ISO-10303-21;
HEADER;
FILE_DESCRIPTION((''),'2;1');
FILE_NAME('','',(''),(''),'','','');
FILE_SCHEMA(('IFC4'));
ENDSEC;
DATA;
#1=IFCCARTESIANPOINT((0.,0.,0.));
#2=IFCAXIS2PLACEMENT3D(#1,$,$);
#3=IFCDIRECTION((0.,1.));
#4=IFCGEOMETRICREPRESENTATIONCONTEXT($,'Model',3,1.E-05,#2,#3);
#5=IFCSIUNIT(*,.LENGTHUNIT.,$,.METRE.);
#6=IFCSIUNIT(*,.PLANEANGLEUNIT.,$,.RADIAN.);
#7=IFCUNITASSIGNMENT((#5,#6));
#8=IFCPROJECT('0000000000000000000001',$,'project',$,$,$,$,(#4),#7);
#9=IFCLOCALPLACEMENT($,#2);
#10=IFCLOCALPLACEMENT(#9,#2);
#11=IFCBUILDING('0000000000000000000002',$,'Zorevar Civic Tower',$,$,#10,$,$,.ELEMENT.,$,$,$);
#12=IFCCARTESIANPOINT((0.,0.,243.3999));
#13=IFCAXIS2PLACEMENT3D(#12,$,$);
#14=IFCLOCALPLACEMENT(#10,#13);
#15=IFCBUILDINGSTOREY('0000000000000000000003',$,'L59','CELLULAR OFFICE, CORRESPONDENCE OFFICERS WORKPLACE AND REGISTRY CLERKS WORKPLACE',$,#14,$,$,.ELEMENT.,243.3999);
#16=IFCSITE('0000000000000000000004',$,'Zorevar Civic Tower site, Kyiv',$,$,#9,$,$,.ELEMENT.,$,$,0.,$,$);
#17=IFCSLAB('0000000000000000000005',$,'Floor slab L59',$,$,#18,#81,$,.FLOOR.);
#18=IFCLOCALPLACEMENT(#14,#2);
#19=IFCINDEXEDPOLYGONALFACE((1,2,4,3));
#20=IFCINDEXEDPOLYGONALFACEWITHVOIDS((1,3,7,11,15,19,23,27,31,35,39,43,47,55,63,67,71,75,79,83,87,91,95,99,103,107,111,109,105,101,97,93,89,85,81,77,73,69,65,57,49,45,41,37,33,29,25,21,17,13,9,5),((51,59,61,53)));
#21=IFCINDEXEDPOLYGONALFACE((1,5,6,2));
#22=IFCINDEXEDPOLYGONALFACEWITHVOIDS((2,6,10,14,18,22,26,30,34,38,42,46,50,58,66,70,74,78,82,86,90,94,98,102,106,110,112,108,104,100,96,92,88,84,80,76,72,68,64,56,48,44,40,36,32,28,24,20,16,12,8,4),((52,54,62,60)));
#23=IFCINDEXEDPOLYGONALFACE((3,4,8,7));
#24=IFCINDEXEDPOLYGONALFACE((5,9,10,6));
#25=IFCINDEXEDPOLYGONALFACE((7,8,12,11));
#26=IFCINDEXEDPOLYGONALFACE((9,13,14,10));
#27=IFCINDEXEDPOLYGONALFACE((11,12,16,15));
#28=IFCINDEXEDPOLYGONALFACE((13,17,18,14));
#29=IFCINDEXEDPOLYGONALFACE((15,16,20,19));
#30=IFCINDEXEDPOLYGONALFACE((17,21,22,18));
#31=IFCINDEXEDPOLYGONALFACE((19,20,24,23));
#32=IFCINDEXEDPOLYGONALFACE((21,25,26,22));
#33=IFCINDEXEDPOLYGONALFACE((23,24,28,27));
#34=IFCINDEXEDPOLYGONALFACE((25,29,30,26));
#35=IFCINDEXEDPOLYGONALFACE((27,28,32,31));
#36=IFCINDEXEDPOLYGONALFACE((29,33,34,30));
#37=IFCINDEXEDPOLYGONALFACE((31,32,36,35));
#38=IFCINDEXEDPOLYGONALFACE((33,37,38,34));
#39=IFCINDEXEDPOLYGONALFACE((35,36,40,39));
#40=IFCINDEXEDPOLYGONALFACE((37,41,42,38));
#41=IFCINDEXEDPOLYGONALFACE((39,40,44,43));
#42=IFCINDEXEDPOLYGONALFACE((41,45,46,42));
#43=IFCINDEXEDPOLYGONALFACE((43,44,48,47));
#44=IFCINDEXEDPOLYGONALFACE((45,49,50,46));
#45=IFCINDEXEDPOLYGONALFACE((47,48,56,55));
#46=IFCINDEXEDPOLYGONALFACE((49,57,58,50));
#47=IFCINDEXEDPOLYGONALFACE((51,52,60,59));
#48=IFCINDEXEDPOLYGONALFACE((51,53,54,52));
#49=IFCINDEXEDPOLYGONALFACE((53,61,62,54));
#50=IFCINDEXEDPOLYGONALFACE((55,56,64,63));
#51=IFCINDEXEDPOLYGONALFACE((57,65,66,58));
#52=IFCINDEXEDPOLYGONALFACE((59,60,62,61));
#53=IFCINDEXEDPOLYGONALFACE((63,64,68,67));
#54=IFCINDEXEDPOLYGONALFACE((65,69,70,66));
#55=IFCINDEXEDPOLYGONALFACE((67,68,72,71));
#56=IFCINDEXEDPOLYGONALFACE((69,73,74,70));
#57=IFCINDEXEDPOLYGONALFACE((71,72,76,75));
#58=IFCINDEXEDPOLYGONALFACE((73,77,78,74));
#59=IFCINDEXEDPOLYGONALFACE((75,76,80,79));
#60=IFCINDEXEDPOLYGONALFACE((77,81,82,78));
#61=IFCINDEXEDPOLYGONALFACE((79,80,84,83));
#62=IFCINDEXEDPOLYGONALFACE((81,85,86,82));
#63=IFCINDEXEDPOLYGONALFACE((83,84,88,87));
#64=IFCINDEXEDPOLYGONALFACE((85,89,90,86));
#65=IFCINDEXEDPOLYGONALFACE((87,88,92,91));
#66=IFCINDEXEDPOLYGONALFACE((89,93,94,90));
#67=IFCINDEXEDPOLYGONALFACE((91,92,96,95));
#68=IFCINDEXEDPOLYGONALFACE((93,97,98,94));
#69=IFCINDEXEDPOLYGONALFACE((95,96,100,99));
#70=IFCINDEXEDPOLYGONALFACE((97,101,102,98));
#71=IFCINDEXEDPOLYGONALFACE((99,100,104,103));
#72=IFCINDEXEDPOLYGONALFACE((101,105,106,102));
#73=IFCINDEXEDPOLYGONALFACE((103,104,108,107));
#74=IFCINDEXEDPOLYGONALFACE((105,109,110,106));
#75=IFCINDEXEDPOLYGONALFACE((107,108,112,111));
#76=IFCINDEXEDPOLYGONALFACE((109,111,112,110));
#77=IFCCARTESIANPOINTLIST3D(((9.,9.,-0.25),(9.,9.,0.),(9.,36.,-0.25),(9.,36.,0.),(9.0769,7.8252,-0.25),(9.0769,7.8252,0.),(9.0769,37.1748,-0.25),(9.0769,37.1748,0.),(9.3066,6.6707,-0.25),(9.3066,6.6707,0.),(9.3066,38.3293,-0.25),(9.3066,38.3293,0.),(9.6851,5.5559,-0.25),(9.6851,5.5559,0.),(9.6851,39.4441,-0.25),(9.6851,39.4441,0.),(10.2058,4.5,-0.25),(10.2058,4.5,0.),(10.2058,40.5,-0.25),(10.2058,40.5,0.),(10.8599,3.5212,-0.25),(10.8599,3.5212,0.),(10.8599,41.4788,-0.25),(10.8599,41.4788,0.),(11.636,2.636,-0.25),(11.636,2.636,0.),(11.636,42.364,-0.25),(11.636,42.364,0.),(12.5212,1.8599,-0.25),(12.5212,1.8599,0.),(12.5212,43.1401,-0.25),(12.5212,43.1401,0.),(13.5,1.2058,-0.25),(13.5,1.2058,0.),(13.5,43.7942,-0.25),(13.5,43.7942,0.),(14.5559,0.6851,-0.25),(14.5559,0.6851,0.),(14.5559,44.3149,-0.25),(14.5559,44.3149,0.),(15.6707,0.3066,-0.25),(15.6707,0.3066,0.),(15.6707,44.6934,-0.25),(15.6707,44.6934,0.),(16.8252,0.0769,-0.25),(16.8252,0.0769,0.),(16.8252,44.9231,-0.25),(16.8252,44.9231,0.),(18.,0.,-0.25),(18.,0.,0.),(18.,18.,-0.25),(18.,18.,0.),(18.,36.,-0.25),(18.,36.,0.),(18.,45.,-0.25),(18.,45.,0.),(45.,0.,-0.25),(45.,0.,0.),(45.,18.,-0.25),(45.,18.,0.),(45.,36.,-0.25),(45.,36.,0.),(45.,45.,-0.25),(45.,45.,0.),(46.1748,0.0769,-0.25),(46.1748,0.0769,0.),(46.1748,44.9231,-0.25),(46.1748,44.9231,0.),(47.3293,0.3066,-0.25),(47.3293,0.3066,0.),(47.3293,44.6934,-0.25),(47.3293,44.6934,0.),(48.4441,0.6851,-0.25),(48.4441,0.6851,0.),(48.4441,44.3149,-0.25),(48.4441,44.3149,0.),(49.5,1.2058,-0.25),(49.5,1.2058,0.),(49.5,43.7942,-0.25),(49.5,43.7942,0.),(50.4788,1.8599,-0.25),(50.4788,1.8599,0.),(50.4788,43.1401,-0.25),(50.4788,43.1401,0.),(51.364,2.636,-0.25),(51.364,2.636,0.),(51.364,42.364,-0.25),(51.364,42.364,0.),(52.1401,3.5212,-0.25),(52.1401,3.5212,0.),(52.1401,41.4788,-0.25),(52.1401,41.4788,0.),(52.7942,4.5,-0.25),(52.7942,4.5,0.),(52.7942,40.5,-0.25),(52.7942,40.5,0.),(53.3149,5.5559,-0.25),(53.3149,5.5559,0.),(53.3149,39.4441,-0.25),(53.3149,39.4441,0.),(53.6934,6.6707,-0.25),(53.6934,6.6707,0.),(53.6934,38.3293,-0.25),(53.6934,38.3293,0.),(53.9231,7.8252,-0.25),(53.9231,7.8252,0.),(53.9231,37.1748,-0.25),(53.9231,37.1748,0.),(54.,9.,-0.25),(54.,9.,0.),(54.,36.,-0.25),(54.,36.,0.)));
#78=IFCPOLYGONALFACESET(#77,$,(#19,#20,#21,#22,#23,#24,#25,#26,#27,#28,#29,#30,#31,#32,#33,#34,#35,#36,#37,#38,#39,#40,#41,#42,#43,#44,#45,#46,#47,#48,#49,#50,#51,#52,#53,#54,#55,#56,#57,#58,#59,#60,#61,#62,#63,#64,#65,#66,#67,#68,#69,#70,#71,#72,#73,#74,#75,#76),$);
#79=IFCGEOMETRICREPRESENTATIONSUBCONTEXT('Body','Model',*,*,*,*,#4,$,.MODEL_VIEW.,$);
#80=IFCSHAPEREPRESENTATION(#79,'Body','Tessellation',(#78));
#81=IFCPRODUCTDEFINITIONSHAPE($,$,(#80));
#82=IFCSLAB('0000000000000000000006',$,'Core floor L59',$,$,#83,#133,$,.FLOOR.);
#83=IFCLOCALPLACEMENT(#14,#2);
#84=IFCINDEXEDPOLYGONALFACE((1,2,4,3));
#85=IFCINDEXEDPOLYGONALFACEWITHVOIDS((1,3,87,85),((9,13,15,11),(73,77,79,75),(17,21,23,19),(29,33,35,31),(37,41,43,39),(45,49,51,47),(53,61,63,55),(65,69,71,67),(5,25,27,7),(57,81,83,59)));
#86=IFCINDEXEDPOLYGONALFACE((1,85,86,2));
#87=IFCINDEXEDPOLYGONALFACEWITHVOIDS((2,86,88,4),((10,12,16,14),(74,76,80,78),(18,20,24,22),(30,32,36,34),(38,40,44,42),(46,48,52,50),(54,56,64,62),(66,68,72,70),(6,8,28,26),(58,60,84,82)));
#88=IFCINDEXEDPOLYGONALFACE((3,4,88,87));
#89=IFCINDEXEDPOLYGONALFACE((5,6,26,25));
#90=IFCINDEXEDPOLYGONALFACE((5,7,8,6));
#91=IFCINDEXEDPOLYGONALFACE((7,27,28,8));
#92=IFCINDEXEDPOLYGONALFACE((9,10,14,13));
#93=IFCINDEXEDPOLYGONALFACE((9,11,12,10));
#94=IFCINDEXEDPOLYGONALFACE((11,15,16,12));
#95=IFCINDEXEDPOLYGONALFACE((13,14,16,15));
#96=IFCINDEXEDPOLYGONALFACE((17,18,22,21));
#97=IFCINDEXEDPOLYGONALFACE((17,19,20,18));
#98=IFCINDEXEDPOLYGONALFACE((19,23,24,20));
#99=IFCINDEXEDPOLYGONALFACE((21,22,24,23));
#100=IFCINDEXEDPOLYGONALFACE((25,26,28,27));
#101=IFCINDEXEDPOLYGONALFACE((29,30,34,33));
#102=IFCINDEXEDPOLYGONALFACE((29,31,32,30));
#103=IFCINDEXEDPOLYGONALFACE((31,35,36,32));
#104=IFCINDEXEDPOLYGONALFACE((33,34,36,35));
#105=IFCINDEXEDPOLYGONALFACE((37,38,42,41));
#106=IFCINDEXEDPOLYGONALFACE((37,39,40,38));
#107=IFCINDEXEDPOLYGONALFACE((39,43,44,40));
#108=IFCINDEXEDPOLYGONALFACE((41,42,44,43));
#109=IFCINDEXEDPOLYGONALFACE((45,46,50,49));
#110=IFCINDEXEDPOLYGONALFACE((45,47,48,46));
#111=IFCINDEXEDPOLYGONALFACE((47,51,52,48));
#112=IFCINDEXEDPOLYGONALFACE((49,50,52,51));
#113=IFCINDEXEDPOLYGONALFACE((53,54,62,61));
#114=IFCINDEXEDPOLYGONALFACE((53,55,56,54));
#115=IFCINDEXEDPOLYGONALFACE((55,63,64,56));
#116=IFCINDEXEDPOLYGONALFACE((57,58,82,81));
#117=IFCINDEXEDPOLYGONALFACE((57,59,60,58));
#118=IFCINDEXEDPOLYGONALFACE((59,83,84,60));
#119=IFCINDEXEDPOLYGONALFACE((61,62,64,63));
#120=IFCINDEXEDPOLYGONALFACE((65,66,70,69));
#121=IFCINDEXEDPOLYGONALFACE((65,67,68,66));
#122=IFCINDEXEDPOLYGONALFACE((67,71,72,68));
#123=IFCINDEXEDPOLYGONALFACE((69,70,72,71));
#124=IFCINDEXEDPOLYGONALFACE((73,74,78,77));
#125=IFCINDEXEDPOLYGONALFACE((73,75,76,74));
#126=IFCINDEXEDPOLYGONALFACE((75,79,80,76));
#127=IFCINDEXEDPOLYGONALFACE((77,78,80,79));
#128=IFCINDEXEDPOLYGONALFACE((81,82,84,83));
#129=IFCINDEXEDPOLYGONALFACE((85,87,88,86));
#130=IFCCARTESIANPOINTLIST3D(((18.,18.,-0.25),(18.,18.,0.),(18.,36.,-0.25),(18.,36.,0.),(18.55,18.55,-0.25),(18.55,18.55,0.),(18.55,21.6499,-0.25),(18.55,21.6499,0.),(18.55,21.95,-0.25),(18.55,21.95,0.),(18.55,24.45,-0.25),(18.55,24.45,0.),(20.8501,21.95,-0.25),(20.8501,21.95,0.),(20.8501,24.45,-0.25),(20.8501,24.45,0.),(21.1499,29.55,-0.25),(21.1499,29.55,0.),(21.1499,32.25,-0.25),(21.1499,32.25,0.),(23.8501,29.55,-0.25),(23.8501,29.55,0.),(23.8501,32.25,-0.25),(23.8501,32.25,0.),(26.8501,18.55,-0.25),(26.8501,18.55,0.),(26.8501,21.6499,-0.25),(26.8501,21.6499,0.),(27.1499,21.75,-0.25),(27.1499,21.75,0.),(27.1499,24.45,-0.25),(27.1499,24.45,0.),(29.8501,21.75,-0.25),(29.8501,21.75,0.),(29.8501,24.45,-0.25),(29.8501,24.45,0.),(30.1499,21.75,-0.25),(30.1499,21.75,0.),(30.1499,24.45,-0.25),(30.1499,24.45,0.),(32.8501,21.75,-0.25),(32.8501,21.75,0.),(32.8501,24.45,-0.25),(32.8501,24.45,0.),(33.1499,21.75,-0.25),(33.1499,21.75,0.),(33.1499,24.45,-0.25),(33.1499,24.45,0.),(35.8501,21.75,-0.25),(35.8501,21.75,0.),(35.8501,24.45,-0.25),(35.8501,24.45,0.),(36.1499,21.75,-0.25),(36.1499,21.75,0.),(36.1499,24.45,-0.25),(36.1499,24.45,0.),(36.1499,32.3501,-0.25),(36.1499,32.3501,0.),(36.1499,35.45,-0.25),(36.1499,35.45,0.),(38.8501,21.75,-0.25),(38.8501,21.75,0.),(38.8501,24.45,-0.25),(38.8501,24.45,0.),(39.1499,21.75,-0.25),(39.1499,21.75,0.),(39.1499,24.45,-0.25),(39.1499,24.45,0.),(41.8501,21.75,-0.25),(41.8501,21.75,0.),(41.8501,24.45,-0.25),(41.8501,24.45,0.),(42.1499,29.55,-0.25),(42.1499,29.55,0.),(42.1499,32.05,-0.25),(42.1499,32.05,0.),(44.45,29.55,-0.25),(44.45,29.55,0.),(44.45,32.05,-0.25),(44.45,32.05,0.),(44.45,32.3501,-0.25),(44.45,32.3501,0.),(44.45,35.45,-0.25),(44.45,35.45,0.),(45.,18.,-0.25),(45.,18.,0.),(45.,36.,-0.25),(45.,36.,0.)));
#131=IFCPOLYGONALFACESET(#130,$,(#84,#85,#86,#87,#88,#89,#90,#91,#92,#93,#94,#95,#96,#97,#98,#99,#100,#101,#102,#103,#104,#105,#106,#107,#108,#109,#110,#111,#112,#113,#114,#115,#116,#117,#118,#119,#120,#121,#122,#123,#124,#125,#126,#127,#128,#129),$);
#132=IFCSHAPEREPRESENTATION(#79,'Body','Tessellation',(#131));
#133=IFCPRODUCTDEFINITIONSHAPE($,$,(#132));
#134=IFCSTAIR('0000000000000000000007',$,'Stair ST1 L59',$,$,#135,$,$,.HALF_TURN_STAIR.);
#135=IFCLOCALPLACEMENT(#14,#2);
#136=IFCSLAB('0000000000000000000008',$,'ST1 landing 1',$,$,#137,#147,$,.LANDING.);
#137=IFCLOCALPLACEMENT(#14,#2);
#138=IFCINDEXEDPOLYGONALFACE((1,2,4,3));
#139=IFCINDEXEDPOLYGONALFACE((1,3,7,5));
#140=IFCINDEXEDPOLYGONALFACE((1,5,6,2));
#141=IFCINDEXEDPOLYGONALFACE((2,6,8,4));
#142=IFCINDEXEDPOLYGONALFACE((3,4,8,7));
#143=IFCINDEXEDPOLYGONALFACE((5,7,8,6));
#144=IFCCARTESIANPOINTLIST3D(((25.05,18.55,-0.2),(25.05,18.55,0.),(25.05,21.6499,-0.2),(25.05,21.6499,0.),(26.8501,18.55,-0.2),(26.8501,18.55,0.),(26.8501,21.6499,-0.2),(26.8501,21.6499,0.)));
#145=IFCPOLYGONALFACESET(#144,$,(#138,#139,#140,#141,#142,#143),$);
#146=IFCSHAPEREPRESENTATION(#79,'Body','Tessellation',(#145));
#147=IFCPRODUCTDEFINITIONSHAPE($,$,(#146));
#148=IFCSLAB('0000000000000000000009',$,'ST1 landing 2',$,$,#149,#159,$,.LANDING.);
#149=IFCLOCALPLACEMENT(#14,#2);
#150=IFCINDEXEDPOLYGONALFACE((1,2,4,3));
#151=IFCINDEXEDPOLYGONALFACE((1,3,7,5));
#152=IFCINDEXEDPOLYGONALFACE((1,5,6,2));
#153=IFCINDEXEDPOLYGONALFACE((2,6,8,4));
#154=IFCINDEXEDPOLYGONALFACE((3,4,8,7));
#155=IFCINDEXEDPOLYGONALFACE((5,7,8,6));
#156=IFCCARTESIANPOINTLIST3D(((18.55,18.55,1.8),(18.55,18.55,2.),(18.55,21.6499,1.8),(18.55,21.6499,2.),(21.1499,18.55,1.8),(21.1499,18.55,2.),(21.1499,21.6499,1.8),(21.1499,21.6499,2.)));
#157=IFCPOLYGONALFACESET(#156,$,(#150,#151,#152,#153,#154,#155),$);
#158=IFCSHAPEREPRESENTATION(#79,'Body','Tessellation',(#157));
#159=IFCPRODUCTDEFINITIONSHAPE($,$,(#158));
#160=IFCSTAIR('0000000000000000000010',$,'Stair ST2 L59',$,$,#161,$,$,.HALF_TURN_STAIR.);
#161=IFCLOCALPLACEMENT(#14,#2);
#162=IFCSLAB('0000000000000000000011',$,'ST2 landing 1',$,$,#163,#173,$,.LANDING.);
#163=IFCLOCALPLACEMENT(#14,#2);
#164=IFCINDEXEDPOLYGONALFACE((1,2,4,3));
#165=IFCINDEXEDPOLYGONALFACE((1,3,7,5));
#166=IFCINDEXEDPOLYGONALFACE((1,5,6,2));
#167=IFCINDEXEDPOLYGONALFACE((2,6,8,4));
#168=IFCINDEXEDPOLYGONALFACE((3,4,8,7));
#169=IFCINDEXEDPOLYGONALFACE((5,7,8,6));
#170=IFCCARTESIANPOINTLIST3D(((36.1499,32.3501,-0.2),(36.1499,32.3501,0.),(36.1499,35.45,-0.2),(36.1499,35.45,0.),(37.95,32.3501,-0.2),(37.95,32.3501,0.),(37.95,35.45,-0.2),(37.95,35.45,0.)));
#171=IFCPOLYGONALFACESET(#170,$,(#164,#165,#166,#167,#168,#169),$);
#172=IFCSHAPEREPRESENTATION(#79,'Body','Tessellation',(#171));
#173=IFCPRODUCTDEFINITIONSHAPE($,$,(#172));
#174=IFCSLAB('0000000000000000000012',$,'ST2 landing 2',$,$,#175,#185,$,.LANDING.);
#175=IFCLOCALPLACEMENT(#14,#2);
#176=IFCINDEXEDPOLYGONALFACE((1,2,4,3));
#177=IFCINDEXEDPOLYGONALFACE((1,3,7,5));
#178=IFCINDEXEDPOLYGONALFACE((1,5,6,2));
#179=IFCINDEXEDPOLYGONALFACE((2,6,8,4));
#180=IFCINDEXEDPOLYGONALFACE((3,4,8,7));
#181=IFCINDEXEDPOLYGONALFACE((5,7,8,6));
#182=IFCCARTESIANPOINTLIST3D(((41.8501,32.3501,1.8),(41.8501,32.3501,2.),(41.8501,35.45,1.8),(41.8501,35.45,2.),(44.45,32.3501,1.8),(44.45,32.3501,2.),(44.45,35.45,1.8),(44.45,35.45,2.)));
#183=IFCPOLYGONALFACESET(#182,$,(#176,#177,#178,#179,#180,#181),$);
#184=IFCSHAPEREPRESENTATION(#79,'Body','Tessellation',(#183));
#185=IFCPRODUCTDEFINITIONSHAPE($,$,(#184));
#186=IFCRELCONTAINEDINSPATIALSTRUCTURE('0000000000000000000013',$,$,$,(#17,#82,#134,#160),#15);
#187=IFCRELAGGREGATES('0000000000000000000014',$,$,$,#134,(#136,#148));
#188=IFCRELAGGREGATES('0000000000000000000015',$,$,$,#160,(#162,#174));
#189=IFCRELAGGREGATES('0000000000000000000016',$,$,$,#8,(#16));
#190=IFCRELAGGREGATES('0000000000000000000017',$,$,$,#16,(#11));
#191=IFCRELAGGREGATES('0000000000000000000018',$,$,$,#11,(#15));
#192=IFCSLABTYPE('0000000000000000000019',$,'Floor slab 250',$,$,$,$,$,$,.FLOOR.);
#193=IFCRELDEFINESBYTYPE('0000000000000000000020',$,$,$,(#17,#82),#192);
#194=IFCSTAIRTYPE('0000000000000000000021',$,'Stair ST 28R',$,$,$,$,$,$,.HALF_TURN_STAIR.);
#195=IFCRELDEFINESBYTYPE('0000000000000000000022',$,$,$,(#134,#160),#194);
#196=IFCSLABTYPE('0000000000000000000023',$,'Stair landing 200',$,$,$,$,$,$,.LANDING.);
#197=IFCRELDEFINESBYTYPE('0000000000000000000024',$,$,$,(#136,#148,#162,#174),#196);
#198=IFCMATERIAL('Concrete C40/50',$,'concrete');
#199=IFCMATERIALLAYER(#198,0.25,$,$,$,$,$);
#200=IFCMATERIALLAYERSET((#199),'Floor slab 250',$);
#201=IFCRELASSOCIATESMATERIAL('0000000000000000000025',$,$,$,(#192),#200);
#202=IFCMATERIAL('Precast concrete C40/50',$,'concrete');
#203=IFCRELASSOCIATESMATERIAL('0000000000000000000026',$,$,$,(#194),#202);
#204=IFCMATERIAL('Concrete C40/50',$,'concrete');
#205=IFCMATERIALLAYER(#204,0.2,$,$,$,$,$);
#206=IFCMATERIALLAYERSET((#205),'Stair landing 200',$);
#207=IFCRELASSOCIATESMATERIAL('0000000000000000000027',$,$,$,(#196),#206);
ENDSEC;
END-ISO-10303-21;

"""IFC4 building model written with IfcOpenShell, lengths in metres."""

from ifc_helpers import new_model, si_unit, direction, frame, origin, place, context, subcontext, project, spatial, polyline, outline, extrude, material, layer, layer_set, type_object, element, aggregate, save


model = new_model("IFC4")

# Units and contexts
model_context = context("Model", 3, precision=1e-05, world=origin(), true_north=direction((0.0, 1.0)))
body_context = subcontext(model_context, "Body", "Model", "MODEL_VIEW")
ifc_project = project(units=[si_unit("LENGTHUNIT", "METRE"), si_unit("PLANEANGLEUNIT", "RADIAN")], contexts=[model_context])

# Site, building, storey
site_placement = place(None, origin())
site = spatial("IfcSite", under=ifc_project, at=site_placement, Name="Zorevar Civic Tower site, Kyiv", CompositionType="ELEMENT", RefElevation=0.0)
building_placement = place(site_placement, origin())
building = spatial("IfcBuilding", under=site, at=building_placement, Name="Zorevar Civic Tower", CompositionType="ELEMENT")
storey_placement = place(building_placement, frame((0.0, 0.0, 243.3999)))
storey = spatial("IfcBuildingStorey", under=building, at=storey_placement, Name="L59", Description="CELLULAR OFFICE, CORRESPONDENCE OFFICERS WORKPLACE AND REGISTRY CLERKS WORKPLACE", CompositionType="ELEMENT", Elevation=243.3999)

# Slabs
ifc_material_1 = material(Name="Concrete C40/50", Category="concrete")
ifc_layer_1 = layer(ifc_material_1, 0.25)
ifc_layer_set_1 = layer_set([ifc_layer_1], Name="Floor slab 250")
slab_type_1 = type_object("IfcSlabType", Name="Floor slab 250", PredefinedType="FLOOR", material=ifc_layer_set_1)
slab_1_placement = place(storey_placement, frame((0.0, 0.0, -0.25)))
element("IfcSlab", 1, at=slab_1_placement, inside=storey, type_object=slab_type_1, Name="Floor slab L59", PredefinedType="FLOOR", context=body_context, shape_type="SweptSolid", body=[
    extrude(outline(polyline([(45.0, 0.0), (46.1748, 0.0769), (47.3293, 0.3066), (48.4441, 0.6851), (49.5, 1.2058), (50.4788, 1.8599), (51.364, 2.636), (52.1401, 3.5212), (52.7942, 4.5), (53.3149, 5.5559), (53.6934, 6.6707), (53.9231, 7.8252), (54.0, 9.0), (54.0, 36.0), (53.9231, 37.1748), (53.6934, 38.3293), (53.3149, 39.4441), (52.7942, 40.5), (52.1401, 41.4788), (51.364, 42.364), (50.4788, 43.1401), (49.5, 43.7942), (48.4441, 44.3149), (47.3293, 44.6934), (46.1748, 44.9231), (45.0, 45.0), (18.0, 45.0), (16.8252, 44.9231), (15.6707, 44.6934), (14.5559, 44.3149), (13.5, 43.7942), (12.5212, 43.1401), (11.636, 42.364), (10.8599, 41.4788), (10.2058, 40.5), (9.6851, 39.4441), (9.3066, 38.3293), (9.0769, 37.1748), (9.0, 36.0), (9.0, 9.0), (9.0769, 7.8252), (9.3066, 6.6707), (9.6851, 5.5559), (10.2058, 4.5), (10.8599, 3.5212), (11.636, 2.636), (12.5212, 1.8599), (13.5, 1.2058), (14.5559, 0.6851), (15.6707, 0.3066), (16.8252, 0.0769), (18.0, 0.0), (45.0, 0.0)]), holes=[polyline([(18.0, 18.0), (45.0, 18.0), (45.0, 36.0), (18.0, 36.0), (18.0, 18.0)])]), origin(), (0.0, 0.0, 1.0), 0.25),
])
slab_2_placement = place(storey_placement, frame((0.0, 0.0, -0.25)))
element("IfcSlab", 2, at=slab_2_placement, inside=storey, type_object=slab_type_1, Name="Core floor L59", PredefinedType="FLOOR", context=body_context, shape_type="SweptSolid", body=[
    extrude(outline(polyline([(18.0, 18.0), (45.0, 18.0), (45.0, 36.0), (18.0, 36.0), (18.0, 18.0)]), holes=[polyline([(18.55, 18.55), (26.8501, 18.55), (26.8501, 21.6499), (18.55, 21.6499), (18.55, 18.55)]), polyline([(36.1499, 32.3501), (44.45, 32.3501), (44.45, 35.45), (36.1499, 35.45), (36.1499, 32.3501)]), polyline([(18.55, 21.95), (20.8501, 21.95), (20.8501, 24.45), (18.55, 24.45), (18.55, 21.95)]), polyline([(42.1499, 29.55), (44.45, 29.55), (44.45, 32.05), (42.1499, 32.05), (42.1499, 29.55)]), polyline([(27.1499, 21.75), (29.8501, 21.75), (29.8501, 24.45), (27.1499, 24.45), (27.1499, 21.75)]), polyline([(30.1499, 21.75), (32.8501, 21.75), (32.8501, 24.45), (30.1499, 24.45), (30.1499, 21.75)]), polyline([(33.1499, 21.75), (35.8501, 21.75), (35.8501, 24.45), (33.1499, 24.45), (33.1499, 21.75)]), polyline([(36.1499, 21.75), (38.8501, 21.75), (38.8501, 24.45), (36.1499, 24.45), (36.1499, 21.75)]), polyline([(39.1499, 21.75), (41.8501, 21.75), (41.8501, 24.45), (39.1499, 24.45), (39.1499, 21.75)]), polyline([(21.1499, 29.55), (23.8501, 29.55), (23.8501, 32.25), (21.1499, 32.25), (21.1499, 29.55)])]), origin(), (0.0, 0.0, 1.0), 0.25),
])

# Stairs, slabs
ifc_material_2 = material(Name="Precast concrete C40/50", Category="concrete")
stair_type = type_object("IfcStairType", Name="Stair ST 28R", PredefinedType="HALF_TURN_STAIR", material=ifc_material_2)
stair_1_placement = place(storey_placement, origin())
stair_1 = element("IfcStair", 3, at=stair_1_placement, inside=storey, type_object=stair_type, Name="Stair ST1 L59", PredefinedType="HALF_TURN_STAIR")
ifc_material_3 = material(Name="Concrete C40/50", Category="concrete")
ifc_layer_2 = layer(ifc_material_3, 0.2)
ifc_layer_set_2 = layer_set([ifc_layer_2], Name="Stair landing 200")
slab_type_2 = type_object("IfcSlabType", Name="Stair landing 200", PredefinedType="LANDING", material=ifc_layer_set_2)
slab_3_placement = place(storey_placement, frame((0.0, 0.0, -0.2)))
slab_3 = element("IfcSlab", 4, at=slab_3_placement, type_object=slab_type_2, Name="ST1 landing 1", PredefinedType="LANDING", context=body_context, shape_type="SweptSolid", body=[
    extrude(outline(polyline([(25.05, 18.55), (26.8501, 18.55), (26.8501, 21.6499), (25.05, 21.6499), (25.05, 18.55)])), origin(), (0.0, 0.0, 1.0), 0.2),
])
slab_4_placement = place(storey_placement, frame((0.0, 0.0, 1.8)))
slab_4 = element("IfcSlab", 5, at=slab_4_placement, type_object=slab_type_2, Name="ST1 landing 2", PredefinedType="LANDING", context=body_context, shape_type="SweptSolid", body=[
    extrude(outline(polyline([(18.55, 18.55), (21.1499, 18.55), (21.1499, 21.6499), (18.55, 21.6499), (18.55, 18.55)])), origin(), (0.0, 0.0, 1.0), 0.2),
])
aggregate(stair_1, [slab_3, slab_4])
stair_2_placement = place(storey_placement, origin())
stair_2 = element("IfcStair", 6, at=stair_2_placement, inside=storey, type_object=stair_type, Name="Stair ST2 L59", PredefinedType="HALF_TURN_STAIR")
slab_5_placement = place(storey_placement, frame((0.0, 0.0, -0.2)))
slab_5 = element("IfcSlab", 7, at=slab_5_placement, type_object=slab_type_2, Name="ST2 landing 1", PredefinedType="LANDING", context=body_context, shape_type="SweptSolid", body=[
    extrude(outline(polyline([(37.95, 32.3501), (36.1499, 32.3501), (36.1499, 35.45), (37.95, 35.45), (37.95, 32.3501)])), origin(), (0.0, 0.0, 1.0), 0.2),
])
slab_6_placement = place(storey_placement, frame((0.0, 0.0, 1.8)))
slab_6 = element("IfcSlab", 8, at=slab_6_placement, type_object=slab_type_2, Name="ST2 landing 2", PredefinedType="LANDING", context=body_context, shape_type="SweptSolid", body=[
    extrude(outline(polyline([(44.45, 32.3501), (41.8501, 32.3501), (41.8501, 35.45), (44.45, 35.45), (44.45, 32.3501)])), origin(), (0.0, 0.0, 1.0), 0.2),
])
aggregate(stair_2, [slab_5, slab_6])

save(model, "model.ifc")
